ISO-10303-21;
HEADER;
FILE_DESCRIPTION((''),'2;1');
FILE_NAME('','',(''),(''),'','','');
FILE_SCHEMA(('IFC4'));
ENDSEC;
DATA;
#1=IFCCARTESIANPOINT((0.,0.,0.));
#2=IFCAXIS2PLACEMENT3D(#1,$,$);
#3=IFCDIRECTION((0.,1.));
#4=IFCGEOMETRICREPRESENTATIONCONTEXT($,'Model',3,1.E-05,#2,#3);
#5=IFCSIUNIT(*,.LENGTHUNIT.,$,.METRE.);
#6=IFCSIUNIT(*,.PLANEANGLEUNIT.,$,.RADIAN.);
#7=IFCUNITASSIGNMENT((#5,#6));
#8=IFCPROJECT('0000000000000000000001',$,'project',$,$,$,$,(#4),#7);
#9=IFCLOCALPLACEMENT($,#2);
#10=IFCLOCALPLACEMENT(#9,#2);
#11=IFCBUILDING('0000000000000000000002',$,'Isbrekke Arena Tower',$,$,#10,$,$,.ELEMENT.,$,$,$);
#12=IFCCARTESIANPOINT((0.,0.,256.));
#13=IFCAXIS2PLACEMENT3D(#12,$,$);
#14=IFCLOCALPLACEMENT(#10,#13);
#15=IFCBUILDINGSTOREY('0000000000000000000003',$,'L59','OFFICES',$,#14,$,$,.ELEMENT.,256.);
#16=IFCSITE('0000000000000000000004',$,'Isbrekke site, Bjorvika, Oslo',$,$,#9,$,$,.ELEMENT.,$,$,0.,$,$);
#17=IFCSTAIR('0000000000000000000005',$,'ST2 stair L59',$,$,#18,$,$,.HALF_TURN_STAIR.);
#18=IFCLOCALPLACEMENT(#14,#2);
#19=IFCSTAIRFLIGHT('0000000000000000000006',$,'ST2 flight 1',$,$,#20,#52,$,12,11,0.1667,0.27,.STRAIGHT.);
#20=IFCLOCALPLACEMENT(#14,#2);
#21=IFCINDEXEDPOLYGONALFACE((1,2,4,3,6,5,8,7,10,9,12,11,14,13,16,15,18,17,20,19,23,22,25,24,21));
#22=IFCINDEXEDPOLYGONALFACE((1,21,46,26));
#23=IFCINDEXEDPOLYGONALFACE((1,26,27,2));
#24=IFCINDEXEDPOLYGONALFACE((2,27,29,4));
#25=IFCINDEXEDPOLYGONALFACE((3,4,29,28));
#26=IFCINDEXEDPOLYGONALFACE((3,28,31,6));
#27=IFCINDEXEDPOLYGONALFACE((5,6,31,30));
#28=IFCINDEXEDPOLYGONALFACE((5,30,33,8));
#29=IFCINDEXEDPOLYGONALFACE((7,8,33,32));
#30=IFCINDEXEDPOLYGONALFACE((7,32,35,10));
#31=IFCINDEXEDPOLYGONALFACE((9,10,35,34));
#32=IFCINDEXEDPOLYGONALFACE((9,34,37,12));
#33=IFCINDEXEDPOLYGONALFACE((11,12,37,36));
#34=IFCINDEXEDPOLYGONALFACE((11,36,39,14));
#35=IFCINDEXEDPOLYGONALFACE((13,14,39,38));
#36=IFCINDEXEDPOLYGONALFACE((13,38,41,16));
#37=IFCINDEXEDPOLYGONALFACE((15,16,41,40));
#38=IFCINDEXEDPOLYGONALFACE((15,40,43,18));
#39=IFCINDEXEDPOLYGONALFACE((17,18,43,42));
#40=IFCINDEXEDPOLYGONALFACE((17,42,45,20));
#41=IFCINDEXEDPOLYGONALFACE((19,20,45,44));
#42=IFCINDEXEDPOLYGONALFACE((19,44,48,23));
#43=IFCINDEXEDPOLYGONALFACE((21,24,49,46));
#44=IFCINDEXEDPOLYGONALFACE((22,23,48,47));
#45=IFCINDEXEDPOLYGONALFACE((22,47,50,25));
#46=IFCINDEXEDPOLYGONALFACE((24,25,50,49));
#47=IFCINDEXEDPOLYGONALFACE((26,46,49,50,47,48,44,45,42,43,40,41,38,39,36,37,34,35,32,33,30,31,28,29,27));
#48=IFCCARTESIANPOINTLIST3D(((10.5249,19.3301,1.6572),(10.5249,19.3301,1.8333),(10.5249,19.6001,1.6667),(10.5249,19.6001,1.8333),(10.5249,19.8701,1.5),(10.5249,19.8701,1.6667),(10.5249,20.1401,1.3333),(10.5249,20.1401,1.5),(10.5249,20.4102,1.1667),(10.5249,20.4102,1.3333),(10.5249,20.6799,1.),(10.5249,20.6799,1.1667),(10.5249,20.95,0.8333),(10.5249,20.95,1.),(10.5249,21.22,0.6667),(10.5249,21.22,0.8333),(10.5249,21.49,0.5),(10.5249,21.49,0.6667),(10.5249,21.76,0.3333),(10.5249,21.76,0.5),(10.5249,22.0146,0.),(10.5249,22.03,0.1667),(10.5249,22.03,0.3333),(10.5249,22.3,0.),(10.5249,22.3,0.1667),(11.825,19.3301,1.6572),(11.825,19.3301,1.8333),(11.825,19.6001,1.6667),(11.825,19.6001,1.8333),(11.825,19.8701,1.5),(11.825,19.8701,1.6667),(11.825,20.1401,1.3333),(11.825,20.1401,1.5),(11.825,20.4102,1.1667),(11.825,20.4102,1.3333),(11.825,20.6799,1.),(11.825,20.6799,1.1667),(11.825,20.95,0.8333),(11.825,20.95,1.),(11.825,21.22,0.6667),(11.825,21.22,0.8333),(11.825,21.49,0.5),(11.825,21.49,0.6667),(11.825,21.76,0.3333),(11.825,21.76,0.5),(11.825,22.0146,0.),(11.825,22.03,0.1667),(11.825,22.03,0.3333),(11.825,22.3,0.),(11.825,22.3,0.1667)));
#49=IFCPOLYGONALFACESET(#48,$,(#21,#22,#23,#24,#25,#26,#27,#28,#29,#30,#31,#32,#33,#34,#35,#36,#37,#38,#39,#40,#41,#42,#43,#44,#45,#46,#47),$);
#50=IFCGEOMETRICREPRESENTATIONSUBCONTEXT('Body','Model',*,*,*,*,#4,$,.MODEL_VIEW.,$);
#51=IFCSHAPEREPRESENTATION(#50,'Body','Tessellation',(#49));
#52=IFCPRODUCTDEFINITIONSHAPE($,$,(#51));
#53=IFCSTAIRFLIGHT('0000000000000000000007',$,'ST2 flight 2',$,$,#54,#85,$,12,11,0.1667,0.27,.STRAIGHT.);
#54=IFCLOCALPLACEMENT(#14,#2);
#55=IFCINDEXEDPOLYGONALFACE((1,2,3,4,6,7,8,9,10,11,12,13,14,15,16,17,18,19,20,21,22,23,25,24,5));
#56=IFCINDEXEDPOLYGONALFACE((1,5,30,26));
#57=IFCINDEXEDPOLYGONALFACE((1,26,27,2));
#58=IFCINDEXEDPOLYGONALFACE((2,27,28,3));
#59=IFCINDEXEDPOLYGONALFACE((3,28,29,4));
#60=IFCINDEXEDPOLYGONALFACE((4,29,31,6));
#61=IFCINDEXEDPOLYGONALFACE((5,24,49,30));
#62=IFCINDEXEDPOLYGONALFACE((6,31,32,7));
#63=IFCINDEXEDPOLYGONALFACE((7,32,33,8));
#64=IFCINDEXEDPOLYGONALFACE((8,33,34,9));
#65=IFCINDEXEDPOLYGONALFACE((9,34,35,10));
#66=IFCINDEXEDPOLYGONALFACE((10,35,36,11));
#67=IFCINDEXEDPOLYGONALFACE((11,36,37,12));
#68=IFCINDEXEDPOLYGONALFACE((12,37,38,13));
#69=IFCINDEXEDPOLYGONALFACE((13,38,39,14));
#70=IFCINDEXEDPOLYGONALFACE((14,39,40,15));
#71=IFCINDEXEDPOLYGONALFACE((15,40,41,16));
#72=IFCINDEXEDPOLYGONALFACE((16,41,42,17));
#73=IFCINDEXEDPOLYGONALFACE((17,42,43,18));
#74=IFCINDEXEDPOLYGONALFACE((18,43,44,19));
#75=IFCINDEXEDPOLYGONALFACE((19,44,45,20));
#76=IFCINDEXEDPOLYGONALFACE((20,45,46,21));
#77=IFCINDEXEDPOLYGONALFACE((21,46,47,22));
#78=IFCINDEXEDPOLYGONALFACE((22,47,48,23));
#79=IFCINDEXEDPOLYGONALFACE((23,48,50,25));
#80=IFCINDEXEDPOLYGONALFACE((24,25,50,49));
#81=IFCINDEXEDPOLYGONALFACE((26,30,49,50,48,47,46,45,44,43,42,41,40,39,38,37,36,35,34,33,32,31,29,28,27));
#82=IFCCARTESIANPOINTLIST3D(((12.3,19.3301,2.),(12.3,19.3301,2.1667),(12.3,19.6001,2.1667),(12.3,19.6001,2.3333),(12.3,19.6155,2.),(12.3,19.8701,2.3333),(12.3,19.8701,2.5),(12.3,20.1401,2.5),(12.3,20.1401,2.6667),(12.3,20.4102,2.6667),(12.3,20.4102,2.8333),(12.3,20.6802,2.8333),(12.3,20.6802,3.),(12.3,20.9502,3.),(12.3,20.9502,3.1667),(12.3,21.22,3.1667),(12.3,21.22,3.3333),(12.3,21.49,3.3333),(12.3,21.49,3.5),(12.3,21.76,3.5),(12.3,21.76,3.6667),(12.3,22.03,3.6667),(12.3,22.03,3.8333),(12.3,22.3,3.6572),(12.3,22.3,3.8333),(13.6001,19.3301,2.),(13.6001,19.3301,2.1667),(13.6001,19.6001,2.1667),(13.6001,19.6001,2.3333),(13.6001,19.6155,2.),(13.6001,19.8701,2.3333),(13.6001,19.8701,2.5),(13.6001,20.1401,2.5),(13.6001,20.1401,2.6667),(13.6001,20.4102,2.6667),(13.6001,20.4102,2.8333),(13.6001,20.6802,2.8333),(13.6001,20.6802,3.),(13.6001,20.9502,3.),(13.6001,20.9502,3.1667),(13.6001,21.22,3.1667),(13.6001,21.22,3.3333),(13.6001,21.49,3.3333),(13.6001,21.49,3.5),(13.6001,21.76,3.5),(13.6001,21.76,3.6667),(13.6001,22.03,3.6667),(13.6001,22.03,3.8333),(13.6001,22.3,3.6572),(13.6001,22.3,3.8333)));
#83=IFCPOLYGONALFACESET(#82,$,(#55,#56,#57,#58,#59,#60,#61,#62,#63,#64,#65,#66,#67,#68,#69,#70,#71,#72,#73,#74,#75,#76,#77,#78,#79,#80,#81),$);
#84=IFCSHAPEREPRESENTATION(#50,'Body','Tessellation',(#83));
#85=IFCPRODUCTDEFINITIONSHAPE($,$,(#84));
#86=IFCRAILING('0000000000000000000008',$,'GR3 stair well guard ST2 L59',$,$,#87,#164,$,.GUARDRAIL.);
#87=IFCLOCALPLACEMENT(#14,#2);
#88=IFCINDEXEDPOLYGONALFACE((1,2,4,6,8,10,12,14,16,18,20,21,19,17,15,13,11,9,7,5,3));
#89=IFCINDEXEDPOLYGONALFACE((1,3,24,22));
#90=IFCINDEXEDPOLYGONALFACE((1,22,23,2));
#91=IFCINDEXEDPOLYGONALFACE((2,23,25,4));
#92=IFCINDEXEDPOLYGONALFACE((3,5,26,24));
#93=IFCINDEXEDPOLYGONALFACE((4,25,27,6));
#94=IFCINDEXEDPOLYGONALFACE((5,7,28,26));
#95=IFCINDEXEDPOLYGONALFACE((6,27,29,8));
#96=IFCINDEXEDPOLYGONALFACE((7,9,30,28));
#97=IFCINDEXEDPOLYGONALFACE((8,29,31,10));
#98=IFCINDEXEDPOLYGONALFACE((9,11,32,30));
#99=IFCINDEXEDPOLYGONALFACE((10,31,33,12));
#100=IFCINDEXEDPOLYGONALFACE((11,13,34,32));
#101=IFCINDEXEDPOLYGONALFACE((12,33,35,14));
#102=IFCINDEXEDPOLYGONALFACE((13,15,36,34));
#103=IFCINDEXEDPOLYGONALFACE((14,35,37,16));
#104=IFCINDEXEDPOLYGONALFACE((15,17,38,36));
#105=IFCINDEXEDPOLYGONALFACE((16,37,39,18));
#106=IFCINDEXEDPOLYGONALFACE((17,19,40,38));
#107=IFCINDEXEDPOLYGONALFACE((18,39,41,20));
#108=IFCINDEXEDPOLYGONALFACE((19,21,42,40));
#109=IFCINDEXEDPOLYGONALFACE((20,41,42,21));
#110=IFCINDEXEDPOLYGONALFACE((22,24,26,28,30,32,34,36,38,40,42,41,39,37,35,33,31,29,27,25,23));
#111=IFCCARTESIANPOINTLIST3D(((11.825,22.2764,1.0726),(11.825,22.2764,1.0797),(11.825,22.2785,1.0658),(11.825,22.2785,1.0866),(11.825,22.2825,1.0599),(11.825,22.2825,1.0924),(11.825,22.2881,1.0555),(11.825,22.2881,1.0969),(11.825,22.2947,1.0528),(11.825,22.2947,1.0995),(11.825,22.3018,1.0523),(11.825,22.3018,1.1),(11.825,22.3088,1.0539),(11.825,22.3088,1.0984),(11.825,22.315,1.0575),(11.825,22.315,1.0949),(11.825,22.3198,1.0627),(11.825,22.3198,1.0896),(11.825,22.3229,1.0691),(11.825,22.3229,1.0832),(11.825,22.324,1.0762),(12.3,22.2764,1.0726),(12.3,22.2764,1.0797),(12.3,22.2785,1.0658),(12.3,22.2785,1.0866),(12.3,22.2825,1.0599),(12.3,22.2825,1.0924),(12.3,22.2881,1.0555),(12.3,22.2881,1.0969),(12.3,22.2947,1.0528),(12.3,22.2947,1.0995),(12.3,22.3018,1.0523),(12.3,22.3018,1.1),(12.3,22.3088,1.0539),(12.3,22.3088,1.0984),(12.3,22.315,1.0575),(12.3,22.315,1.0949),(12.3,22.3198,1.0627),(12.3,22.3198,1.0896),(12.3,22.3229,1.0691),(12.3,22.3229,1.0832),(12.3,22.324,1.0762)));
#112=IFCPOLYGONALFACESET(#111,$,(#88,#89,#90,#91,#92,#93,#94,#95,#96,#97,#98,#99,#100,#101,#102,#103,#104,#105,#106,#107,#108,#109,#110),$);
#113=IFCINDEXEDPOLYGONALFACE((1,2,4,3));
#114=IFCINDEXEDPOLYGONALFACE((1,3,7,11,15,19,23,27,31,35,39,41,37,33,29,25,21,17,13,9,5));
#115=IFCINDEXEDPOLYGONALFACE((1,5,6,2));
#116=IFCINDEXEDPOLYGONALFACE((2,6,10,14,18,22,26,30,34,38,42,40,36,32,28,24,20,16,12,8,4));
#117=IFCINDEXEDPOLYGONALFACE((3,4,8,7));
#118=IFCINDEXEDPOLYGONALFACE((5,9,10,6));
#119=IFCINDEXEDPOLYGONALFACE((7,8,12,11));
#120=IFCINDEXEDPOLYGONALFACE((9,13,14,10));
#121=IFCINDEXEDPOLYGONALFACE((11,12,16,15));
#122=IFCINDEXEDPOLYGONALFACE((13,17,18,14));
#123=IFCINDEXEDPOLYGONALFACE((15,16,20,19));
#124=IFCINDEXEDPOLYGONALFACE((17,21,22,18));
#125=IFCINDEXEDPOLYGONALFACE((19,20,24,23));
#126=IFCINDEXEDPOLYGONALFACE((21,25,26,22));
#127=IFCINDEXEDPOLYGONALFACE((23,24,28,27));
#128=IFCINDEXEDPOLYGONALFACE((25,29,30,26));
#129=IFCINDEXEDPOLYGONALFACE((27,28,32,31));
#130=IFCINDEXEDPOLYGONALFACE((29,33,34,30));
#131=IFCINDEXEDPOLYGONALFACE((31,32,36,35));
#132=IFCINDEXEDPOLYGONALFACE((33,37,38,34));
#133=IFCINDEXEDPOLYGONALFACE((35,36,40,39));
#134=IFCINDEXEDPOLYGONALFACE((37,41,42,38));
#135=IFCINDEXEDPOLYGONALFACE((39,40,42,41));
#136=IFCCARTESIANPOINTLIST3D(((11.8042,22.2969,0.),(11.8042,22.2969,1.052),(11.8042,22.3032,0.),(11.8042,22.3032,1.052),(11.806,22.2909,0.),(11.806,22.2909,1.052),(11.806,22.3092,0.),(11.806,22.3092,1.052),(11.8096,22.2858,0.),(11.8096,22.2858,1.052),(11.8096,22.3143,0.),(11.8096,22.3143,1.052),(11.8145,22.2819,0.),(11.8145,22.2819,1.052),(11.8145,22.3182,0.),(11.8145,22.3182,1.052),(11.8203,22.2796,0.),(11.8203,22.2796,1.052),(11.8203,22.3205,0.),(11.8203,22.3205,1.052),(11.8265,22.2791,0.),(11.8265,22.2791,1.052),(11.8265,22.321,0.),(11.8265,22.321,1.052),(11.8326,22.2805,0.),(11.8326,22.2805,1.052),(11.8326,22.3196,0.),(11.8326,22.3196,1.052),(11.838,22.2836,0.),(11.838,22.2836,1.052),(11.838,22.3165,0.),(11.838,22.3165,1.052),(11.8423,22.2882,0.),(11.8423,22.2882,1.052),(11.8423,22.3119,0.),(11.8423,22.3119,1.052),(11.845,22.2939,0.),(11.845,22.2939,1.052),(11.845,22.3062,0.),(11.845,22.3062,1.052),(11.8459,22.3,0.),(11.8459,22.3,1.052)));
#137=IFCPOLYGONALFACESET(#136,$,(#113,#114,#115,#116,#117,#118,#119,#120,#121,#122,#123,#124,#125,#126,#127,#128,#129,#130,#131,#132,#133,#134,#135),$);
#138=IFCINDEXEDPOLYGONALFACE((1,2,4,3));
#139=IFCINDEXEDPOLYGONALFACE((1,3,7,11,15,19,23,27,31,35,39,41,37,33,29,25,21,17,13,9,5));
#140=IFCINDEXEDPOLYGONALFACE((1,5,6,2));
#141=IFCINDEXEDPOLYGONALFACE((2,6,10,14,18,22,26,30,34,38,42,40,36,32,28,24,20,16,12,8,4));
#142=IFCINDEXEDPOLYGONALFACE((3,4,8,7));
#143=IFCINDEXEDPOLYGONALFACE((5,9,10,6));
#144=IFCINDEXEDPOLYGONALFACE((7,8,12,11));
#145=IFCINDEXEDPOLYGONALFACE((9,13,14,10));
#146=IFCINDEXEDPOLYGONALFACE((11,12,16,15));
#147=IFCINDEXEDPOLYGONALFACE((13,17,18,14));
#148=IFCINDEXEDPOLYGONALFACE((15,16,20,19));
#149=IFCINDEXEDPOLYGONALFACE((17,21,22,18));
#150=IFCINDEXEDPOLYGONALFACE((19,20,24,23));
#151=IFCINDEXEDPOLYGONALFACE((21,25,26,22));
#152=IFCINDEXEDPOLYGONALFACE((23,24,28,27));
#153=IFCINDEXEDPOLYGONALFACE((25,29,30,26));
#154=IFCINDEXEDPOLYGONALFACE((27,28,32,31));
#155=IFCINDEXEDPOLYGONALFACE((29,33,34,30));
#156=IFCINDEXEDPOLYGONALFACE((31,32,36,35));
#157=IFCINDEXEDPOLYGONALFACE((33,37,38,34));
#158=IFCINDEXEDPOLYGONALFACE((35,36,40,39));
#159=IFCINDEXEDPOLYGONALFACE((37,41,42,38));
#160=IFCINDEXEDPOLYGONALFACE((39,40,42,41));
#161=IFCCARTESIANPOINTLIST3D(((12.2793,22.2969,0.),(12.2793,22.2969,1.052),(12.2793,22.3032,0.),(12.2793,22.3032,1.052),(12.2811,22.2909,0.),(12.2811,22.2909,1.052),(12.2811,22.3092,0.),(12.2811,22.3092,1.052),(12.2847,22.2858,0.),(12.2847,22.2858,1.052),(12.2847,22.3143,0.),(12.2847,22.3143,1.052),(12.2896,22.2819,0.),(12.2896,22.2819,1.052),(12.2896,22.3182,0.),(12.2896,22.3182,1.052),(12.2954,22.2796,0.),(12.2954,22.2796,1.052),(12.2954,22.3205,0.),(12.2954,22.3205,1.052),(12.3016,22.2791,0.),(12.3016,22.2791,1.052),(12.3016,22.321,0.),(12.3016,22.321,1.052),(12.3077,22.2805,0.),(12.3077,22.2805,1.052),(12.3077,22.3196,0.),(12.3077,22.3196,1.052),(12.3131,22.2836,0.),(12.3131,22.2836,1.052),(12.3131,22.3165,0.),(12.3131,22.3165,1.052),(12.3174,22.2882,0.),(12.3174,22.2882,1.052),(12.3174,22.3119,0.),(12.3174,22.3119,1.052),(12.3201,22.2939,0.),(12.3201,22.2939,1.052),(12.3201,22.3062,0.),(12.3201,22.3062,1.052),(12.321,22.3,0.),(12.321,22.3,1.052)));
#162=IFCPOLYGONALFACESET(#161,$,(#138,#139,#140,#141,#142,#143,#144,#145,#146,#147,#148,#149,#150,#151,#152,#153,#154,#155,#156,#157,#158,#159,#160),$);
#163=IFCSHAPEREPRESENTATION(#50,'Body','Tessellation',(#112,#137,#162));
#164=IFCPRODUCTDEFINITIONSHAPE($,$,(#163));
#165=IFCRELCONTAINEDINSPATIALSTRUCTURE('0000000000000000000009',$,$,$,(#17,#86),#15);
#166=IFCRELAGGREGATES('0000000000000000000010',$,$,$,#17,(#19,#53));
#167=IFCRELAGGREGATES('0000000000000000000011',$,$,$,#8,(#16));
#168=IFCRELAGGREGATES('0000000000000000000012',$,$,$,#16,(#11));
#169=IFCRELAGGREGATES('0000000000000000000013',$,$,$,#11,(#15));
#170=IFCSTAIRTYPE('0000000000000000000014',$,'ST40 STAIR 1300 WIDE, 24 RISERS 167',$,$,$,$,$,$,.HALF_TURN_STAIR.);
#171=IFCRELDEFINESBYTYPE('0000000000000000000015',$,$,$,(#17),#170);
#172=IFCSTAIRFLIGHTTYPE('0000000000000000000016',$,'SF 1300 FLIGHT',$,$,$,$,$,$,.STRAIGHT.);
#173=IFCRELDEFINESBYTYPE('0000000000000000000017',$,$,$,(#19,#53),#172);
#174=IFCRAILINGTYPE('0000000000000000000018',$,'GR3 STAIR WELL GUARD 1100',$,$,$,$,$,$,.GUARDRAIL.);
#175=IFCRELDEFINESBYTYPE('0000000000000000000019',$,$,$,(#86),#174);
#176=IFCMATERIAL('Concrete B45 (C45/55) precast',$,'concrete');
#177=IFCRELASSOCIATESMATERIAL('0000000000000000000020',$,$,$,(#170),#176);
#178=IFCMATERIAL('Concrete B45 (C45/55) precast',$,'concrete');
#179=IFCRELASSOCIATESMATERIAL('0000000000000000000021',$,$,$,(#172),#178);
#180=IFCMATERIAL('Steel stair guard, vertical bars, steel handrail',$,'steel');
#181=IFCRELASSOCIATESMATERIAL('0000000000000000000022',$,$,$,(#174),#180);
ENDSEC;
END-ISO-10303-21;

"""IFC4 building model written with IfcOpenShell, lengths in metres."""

from ifc_helpers import new_model, si_unit, direction, frame, origin, origin_2d, place, context, subcontext, project, spatial, polyline, circle, outline, extrude, material, type_object, element, aggregate, save


model = new_model("IFC4")

# Units and contexts
model_context = context("Model", 3, precision=1e-05, world=origin(), true_north=direction((0.0, 1.0)))
body_context = subcontext(model_context, "Body", "Model", "MODEL_VIEW")
ifc_project = project(units=[si_unit("LENGTHUNIT", "METRE"), si_unit("PLANEANGLEUNIT", "RADIAN")], contexts=[model_context])

# Site, building, storey
site_placement = place(None, origin())
site = spatial("IfcSite", under=ifc_project, at=site_placement, Name="Isbrekke site, Bjorvika, Oslo", CompositionType="ELEMENT", RefElevation=0.0)
building_placement = place(site_placement, origin())
building = spatial("IfcBuilding", under=site, at=building_placement, Name="Isbrekke Arena Tower", CompositionType="ELEMENT")
storey_placement = place(building_placement, frame((0.0, 0.0, 256.0)))
storey = spatial("IfcBuildingStorey", under=building, at=storey_placement, Name="L59", Description="OFFICES", CompositionType="ELEMENT", Elevation=256.0)

# Stair, stair flights
ifc_material_1 = material(Name="Concrete B45 (C45/55) precast", Category="concrete")
stair_type = type_object("IfcStairType", Name="ST40 STAIR 1300 WIDE, 24 RISERS 167", PredefinedType="HALF_TURN_STAIR", material=ifc_material_1)
stair_placement = place(storey_placement, origin())
stair = element("IfcStair", 1, at=stair_placement, inside=storey, type_object=stair_type, Name="ST2 stair L59", PredefinedType="HALF_TURN_STAIR")
ifc_material_2 = material(Name="Concrete B45 (C45/55) precast", Category="concrete")
stair_flight_type = type_object("IfcStairFlightType", Name="SF 1300 FLIGHT", PredefinedType="STRAIGHT", material=ifc_material_2)
stair_flight_1_placement = place(storey_placement, frame((11.175, 22.3, 0.0), z_axis=(0.0, 0.0, 1.0), x_axis=(0.0, -1.0, 0.0)))
stair_flight_1 = element("IfcStairFlight", 2, at=stair_flight_1_placement, type_object=stair_flight_type, Name="ST2 flight 1", NumberOfRisers=12, NumberOfTreads=11, PredefinedType="STRAIGHT", RiserHeight=0.1667, TreadLength=0.27, context=body_context, shape_type="SweptSolid", body=[
    extrude(outline(polyline([(0.0, 0.0), (0.0, 0.1667), (0.27, 0.1667), (0.27, 0.3333), (0.54, 0.3333), (0.54, 0.5), (0.8101, 0.5), (0.8101, 0.6667), (1.0801, 0.6667), (1.0801, 0.8333), (1.3501, 0.8333), (1.3501, 1.0), (1.6201, 1.0), (1.6201, 1.1667), (1.8899, 1.1667), (1.8899, 1.3333), (2.1599, 1.3333), (2.1599, 1.5), (2.4299, 1.5), (2.4299, 1.6667), (2.7, 1.6667), (2.7, 1.8333), (2.97, 1.8333), (2.97, 2.0), (2.97, 1.6572), (0.2854, 0.0), (0.0, 0.0)])), frame((0.0, 0.6499, 0.0), z_axis=(0.0, -1.0, 0.0), x_axis=(1.0, 0.0, 0.0)), (0.0, 0.0, 1.0), 1.3),
])
stair_flight_2_placement = place(storey_placement, frame((12.95, 19.3301, 2.0), z_axis=(0.0, 0.0, 1.0), x_axis=(0.0, 1.0, 0.0)))
stair_flight_2 = element("IfcStairFlight", 3, at=stair_flight_2_placement, type_object=stair_flight_type, Name="ST2 flight 2", NumberOfRisers=12, NumberOfTreads=11, PredefinedType="STRAIGHT", RiserHeight=0.1667, TreadLength=0.27, context=body_context, shape_type="SweptSolid", body=[
    extrude(outline(polyline([(0.0, 0.0), (0.0, 0.1667), (0.27, 0.1667), (0.27, 0.3333), (0.54, 0.3333), (0.54, 0.5), (0.8101, 0.5), (0.8101, 0.6667), (1.0801, 0.6667), (1.0801, 0.8333), (1.3501, 0.8333), (1.3501, 1.0), (1.6201, 1.0), (1.6201, 1.1667), (1.8899, 1.1667), (1.8899, 1.3333), (2.1599, 1.3333), (2.1599, 1.5), (2.4299, 1.5), (2.4299, 1.6667), (2.7, 1.6667), (2.7, 1.8333), (2.97, 1.8333), (2.97, 2.0), (2.97, 1.6572), (0.2854, 0.0), (0.0, 0.0)])), frame((0.0, 0.6499, 0.0), z_axis=(0.0, -1.0, 0.0), x_axis=(1.0, 0.0, 0.0)), (0.0, 0.0, 1.0), 1.3),
])
aggregate(stair, [stair_flight_1, stair_flight_2])

# Railing
ifc_material_3 = material(Name="Steel stair guard, vertical bars, steel handrail", Category="steel")
railing_type = type_object("IfcRailingType", Name="GR3 STAIR WELL GUARD 1100", PredefinedType="GUARDRAIL", material=ifc_material_3)
for number, where, name in (
    (4, (11.825, 22.3, 0.0), "GR3 stair well guard ST2 L59"),
):
    element("IfcRailing", number, at=place(storey_placement, frame(where)), inside=storey, type_object=railing_type, Name=name, PredefinedType="GUARDRAIL", context=body_context, shape_type="SweptSolid", body=[
        extrude(circle(Radius=0.0239, at=origin_2d()), frame((0.0, 0.0, 1.0762), z_axis=(1.0, 0.0, 0.0), x_axis=(0.0, 1.0, 0.0)), (0.0, 0.0, 1.0), 0.4751),
        extrude(circle(Radius=0.021, at=origin_2d()), origin(), (0.0, 0.0, 1.0), 1.052),
        extrude(circle(Radius=0.021, at=origin_2d()), frame((0.4751, 0.0, 0.0)), (0.0, 0.0, 1.0), 1.052),
    ])

save(model, "model.ifc")
